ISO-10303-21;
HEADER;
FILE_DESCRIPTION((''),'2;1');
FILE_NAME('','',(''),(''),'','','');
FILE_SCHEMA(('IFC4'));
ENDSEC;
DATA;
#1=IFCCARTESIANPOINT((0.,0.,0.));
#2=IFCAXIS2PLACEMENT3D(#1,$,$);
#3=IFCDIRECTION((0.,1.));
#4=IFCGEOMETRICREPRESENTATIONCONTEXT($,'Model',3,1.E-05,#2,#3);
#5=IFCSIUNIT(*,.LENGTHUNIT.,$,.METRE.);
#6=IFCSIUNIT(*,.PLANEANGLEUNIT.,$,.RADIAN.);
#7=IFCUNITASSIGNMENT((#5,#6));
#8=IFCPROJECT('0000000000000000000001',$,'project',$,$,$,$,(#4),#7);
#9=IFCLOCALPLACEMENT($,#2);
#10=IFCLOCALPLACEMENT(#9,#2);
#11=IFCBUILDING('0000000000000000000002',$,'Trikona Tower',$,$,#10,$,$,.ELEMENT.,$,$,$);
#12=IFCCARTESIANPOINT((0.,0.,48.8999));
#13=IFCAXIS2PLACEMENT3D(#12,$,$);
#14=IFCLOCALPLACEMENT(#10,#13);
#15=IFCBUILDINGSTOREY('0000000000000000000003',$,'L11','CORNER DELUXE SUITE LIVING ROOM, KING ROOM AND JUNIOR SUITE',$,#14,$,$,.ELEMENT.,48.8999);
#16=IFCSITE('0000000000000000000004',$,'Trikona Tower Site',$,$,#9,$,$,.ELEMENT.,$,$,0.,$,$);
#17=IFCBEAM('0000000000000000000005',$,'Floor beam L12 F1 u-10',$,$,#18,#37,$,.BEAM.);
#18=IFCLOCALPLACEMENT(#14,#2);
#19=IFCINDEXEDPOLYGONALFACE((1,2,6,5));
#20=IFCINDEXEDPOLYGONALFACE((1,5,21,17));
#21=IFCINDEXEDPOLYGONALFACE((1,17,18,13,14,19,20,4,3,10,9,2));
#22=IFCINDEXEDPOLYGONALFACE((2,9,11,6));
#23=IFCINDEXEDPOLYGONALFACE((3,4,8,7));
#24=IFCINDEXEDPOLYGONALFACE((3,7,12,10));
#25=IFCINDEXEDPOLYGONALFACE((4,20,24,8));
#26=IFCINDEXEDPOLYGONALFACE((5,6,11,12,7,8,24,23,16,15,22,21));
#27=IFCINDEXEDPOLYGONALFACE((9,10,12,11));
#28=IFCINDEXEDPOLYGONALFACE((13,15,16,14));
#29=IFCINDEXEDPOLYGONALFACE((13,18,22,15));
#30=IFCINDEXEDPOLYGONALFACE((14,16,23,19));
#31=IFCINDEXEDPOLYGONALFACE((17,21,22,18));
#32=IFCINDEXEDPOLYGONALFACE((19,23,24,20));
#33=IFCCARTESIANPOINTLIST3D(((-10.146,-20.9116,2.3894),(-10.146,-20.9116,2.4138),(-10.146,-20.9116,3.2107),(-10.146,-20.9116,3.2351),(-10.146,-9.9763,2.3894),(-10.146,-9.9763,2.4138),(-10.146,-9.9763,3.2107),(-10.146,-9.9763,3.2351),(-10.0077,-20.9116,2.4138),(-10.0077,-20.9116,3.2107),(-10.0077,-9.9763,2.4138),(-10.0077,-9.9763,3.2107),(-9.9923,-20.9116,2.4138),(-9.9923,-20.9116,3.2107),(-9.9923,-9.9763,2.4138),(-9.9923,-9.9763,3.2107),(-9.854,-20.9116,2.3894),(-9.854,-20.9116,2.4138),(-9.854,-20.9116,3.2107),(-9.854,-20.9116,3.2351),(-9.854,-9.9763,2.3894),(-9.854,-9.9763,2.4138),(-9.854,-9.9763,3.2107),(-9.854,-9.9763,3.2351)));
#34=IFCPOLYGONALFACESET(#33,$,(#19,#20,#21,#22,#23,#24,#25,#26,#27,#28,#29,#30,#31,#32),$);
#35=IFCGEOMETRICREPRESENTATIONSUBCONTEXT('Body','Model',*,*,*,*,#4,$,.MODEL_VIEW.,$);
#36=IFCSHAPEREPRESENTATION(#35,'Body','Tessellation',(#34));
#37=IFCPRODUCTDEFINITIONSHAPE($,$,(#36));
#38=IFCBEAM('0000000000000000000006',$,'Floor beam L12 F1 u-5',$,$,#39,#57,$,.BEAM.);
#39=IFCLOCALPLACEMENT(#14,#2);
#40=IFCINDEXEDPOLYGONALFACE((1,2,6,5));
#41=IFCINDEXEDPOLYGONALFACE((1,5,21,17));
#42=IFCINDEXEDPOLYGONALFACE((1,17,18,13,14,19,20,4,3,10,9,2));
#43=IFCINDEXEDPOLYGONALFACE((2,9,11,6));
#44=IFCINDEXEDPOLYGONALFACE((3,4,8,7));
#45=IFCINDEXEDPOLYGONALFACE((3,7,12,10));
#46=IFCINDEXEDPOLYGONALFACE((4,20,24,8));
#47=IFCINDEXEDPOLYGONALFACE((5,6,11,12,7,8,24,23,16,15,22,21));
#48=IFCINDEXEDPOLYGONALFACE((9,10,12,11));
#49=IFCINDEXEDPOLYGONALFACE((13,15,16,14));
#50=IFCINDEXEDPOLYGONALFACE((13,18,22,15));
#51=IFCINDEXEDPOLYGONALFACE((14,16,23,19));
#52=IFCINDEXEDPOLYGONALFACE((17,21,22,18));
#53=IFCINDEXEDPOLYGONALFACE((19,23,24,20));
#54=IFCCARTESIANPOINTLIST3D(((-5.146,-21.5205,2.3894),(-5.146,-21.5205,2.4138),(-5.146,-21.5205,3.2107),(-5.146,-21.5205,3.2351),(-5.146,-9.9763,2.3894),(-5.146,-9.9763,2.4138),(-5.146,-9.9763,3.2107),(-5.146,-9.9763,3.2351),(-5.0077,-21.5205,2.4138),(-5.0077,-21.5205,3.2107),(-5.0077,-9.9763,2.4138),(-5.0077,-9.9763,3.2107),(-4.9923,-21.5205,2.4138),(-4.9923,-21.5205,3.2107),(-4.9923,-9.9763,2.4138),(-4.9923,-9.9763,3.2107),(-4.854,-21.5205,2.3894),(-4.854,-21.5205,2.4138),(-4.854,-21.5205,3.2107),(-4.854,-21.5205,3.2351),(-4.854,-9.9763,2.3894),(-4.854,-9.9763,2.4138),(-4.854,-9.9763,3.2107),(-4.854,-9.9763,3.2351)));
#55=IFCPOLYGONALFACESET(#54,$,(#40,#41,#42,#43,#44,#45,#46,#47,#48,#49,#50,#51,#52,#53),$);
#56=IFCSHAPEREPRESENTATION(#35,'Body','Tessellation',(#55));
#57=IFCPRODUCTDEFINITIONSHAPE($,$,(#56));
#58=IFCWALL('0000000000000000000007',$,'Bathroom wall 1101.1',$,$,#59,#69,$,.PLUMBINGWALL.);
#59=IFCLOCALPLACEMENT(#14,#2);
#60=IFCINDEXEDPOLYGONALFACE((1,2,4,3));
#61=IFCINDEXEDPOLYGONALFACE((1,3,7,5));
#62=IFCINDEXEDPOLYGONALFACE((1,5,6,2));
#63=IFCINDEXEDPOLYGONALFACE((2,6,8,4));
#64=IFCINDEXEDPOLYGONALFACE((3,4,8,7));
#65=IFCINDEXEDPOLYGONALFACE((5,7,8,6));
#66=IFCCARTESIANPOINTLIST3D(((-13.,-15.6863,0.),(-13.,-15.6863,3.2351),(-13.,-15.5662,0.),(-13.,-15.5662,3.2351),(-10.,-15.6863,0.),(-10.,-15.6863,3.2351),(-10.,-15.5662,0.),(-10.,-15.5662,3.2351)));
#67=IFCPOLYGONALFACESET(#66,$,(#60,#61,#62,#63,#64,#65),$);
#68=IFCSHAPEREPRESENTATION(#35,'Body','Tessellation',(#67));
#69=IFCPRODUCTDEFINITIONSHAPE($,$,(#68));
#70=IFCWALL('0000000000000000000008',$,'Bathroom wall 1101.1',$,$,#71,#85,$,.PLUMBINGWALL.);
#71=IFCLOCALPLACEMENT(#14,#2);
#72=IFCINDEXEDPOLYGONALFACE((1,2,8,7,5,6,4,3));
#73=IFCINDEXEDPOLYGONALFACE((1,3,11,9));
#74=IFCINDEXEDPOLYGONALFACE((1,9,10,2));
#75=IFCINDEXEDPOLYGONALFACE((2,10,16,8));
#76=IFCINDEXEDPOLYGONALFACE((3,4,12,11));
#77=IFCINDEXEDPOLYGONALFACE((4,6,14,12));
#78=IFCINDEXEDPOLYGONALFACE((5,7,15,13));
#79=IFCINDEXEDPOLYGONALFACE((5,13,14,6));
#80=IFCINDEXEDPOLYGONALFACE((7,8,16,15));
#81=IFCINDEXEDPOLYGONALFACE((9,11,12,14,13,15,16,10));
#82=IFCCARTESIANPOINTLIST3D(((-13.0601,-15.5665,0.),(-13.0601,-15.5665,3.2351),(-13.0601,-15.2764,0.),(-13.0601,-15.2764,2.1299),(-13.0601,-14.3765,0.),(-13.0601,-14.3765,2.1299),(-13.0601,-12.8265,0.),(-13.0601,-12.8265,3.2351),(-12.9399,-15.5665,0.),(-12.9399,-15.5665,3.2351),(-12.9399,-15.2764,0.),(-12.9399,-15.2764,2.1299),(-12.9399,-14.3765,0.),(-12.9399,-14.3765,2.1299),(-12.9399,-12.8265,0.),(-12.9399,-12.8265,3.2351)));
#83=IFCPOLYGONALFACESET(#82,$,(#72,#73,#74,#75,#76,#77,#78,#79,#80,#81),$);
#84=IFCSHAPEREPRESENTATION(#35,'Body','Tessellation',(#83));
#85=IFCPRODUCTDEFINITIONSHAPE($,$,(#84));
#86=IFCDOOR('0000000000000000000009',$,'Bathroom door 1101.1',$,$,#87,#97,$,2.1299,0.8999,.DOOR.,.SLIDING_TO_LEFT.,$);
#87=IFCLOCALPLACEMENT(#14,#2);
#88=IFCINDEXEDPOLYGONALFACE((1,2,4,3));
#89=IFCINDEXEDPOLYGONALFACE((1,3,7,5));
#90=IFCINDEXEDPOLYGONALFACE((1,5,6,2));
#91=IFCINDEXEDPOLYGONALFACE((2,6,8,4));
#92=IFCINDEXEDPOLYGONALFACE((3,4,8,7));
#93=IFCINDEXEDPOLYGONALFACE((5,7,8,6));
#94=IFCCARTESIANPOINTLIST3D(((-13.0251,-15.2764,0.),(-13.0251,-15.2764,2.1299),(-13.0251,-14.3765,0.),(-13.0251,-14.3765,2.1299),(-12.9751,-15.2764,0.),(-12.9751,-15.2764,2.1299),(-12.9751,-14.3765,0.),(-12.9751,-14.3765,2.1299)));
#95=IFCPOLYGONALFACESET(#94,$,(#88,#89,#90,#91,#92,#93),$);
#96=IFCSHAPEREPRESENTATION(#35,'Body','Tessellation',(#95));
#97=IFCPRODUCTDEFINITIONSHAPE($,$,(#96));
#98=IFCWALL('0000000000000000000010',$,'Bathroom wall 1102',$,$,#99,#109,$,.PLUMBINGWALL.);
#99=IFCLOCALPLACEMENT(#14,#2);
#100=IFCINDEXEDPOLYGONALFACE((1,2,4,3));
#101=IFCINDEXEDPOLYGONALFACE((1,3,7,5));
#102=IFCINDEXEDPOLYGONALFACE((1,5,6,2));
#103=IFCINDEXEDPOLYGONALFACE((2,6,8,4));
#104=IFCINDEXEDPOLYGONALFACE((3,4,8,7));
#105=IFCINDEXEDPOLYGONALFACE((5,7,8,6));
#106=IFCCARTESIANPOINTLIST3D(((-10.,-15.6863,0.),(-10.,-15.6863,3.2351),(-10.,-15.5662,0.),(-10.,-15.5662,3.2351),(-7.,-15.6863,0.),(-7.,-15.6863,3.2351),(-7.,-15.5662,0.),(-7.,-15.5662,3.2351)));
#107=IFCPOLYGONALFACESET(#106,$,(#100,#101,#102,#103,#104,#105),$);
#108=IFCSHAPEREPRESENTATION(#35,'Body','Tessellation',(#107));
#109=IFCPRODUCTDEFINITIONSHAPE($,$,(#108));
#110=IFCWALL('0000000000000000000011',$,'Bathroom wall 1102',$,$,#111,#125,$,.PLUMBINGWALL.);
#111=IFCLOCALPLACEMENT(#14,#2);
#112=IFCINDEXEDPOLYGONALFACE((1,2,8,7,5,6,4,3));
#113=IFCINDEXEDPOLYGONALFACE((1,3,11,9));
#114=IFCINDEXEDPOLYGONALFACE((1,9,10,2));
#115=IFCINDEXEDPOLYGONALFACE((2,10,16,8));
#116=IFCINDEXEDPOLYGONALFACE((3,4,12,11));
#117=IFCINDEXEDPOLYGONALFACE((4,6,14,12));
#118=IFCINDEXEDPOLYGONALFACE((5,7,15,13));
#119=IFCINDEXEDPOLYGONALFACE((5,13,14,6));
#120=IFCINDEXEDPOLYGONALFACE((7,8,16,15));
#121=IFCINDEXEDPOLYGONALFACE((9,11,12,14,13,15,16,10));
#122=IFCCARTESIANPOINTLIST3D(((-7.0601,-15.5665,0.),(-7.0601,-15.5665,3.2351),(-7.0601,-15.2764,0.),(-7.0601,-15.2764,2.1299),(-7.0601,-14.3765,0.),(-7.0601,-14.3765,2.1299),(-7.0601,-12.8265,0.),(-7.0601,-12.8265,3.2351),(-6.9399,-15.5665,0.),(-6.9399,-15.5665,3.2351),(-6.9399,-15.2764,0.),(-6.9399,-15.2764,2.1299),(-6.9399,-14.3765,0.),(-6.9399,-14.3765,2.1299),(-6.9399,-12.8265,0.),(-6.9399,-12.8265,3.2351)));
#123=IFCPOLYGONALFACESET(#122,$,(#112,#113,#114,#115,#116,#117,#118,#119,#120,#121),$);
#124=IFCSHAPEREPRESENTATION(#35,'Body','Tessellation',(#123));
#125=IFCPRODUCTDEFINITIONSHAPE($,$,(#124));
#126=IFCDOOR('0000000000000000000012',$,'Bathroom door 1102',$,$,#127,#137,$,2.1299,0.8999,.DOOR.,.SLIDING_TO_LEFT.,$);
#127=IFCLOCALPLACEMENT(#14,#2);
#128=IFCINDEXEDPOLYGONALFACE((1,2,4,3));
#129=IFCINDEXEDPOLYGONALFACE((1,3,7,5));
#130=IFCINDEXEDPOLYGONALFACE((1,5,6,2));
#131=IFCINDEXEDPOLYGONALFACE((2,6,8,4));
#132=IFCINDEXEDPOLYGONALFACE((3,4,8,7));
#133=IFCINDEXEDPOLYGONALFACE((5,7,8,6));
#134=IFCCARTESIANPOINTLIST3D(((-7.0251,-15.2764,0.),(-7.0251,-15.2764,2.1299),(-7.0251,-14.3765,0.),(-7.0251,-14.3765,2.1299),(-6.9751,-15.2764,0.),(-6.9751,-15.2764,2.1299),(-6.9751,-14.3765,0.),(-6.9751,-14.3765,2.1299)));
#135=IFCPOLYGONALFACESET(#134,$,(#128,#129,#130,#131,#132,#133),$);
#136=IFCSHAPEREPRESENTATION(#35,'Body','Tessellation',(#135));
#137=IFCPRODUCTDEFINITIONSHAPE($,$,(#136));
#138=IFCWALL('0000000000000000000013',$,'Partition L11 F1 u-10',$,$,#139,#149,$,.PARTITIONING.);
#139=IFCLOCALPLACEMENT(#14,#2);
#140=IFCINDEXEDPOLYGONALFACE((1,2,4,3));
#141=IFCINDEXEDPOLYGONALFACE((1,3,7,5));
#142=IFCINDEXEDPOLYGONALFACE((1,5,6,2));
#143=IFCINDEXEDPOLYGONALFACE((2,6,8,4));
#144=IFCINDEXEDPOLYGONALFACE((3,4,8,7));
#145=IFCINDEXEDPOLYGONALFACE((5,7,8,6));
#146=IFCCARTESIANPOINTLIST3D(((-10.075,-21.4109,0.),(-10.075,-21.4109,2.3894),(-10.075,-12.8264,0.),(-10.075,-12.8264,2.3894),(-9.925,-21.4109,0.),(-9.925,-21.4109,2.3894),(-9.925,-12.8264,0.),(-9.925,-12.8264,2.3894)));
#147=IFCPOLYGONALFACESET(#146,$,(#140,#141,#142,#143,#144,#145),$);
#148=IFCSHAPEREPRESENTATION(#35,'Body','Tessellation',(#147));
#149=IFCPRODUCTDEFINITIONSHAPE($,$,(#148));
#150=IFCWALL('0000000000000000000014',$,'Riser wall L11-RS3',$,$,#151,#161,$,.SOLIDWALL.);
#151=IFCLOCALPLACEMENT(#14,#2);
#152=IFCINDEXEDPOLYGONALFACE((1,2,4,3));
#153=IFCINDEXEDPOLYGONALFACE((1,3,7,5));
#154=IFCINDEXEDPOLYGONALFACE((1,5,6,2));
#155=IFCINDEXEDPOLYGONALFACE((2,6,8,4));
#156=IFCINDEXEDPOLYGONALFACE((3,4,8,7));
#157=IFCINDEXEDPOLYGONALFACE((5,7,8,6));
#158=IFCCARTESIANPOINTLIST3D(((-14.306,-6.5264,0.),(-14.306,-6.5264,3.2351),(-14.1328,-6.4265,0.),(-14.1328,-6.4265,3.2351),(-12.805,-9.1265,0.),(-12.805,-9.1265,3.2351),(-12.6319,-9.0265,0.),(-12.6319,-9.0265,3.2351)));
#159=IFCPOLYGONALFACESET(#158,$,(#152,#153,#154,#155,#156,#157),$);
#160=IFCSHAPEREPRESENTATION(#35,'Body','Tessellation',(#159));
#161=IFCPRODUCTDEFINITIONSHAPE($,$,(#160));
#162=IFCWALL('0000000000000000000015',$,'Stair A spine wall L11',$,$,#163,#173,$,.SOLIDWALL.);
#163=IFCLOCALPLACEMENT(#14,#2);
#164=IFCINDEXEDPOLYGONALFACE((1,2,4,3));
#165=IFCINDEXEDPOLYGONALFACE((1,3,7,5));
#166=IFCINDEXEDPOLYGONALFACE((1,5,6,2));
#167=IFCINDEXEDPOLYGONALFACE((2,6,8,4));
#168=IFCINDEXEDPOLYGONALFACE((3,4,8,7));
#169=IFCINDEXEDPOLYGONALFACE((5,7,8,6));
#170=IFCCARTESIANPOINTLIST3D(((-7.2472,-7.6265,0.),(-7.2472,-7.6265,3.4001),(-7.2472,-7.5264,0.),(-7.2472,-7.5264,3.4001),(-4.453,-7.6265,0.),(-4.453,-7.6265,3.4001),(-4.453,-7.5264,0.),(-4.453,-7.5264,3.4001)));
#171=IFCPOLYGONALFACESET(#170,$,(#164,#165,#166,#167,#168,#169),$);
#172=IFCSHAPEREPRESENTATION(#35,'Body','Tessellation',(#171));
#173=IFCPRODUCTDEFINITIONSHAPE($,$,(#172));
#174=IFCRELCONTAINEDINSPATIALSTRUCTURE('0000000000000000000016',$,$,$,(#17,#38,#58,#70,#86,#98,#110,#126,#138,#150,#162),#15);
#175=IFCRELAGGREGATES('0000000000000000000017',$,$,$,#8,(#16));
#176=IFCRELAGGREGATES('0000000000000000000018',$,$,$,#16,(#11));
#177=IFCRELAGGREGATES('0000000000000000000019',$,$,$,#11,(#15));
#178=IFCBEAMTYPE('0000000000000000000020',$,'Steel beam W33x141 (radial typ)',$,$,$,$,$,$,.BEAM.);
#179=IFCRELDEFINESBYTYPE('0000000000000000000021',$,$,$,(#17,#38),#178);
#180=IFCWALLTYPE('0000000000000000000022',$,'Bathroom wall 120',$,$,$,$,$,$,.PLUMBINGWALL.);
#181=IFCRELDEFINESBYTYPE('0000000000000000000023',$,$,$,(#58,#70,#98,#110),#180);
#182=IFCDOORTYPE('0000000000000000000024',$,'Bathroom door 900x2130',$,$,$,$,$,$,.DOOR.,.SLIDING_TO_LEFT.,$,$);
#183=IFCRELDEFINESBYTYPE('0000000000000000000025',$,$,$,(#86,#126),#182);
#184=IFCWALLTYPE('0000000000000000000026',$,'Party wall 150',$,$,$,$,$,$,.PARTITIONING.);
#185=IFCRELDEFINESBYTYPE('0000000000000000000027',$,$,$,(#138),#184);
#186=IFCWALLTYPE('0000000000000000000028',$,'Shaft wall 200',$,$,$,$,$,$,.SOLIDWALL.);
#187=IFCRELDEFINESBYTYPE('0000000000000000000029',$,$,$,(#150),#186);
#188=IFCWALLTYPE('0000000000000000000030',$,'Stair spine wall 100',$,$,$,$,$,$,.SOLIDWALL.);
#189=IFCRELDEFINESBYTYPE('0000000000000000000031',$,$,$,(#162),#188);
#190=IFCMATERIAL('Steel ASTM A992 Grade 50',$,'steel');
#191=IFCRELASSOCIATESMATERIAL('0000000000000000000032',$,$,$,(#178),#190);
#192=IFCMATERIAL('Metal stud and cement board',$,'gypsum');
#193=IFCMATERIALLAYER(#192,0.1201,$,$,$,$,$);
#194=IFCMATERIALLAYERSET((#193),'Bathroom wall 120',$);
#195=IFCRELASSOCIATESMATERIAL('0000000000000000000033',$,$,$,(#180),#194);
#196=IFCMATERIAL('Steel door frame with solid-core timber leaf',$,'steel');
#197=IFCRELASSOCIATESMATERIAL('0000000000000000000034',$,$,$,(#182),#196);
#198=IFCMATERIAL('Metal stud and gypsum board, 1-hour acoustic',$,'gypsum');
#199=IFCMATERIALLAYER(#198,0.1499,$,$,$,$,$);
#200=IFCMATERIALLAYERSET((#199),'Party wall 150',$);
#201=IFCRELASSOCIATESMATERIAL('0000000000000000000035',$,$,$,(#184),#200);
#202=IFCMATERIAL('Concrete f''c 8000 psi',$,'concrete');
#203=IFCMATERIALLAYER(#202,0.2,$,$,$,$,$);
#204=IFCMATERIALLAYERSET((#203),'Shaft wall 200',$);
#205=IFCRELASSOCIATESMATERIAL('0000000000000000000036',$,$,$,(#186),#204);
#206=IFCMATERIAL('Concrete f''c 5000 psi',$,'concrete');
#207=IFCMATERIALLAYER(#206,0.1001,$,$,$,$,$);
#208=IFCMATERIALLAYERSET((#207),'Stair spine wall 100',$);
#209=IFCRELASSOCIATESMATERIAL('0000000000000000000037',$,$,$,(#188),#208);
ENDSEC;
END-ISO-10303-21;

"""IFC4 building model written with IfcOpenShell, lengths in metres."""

from ifc_helpers import new_model, si_unit, direction, frame, frame_2d, origin, origin_2d, place, context, subcontext, project, spatial, rectangle, i_section, extrude, material, layer, layer_set, material_profile, profile_set, type_object, element, fill, save


model = new_model("IFC4")

# Units and contexts
model_context = context("Model", 3, precision=1e-05, world=origin(), true_north=direction((0.0, 1.0)))
body_context = subcontext(model_context, "Body", "Model", "MODEL_VIEW")
ifc_project = project(units=[si_unit("LENGTHUNIT", "METRE"), si_unit("PLANEANGLEUNIT", "RADIAN")], contexts=[model_context])

# Site, building, storey
site_placement = place(None, origin())
site = spatial("IfcSite", under=ifc_project, at=site_placement, Name="Trikona Tower Site", CompositionType="ELEMENT", RefElevation=0.0)
building_placement = place(site_placement, origin())
building = spatial("IfcBuilding", under=site, at=building_placement, Name="Trikona Tower", CompositionType="ELEMENT")
storey_placement = place(building_placement, frame((0.0, 0.0, 48.8999)))
storey = spatial("IfcBuildingStorey", under=building, at=storey_placement, Name="L11", Description="CORNER DELUXE SUITE LIVING ROOM, KING ROOM AND JUNIOR SUITE", CompositionType="ELEMENT", Elevation=48.8999)

# Beams
ifc_material_1 = material(Name="Steel ASTM A992 Grade 50", Category="steel")
ifc_material_profile = material_profile(ifc_material_1, i_section(OverallWidth=0.292, OverallDepth=0.8457, WebThickness=0.0154, FlangeThickness=0.0244, at=origin_2d()), Name="W33X141")
ifc_profile_set = profile_set([ifc_material_profile], Name="Steel ASTM A992 Grade 50")
beam_type = type_object("IfcBeamType", Name="Steel beam W33x141 (radial typ)", PredefinedType="BEAM", material=ifc_profile_set)
beam_1_placement = place(storey_placement, frame((-10.0, -9.9763, 2.8123), z_axis=(0.0, -1.0, 0.0), x_axis=(1.0, 0.0, 0.0)))
element("IfcBeam", 1, at=beam_1_placement, inside=storey, type_object=beam_type, Name="Floor beam L12 F1 u-10", PredefinedType="BEAM", context=body_context, shape_type="SweptSolid", body=[
    extrude(i_section(OverallWidth=0.292, OverallDepth=0.8457, WebThickness=0.0154, FlangeThickness=0.0244, at=origin_2d()), origin(), (0.0, 0.0, 1.0), 10.9353),
])
beam_2_placement = place(storey_placement, frame((-5.0, -9.9763, 2.8123), z_axis=(0.0, -1.0, 0.0), x_axis=(1.0, 0.0, 0.0)))
element("IfcBeam", 2, at=beam_2_placement, inside=storey, type_object=beam_type, Name="Floor beam L12 F1 u-5", PredefinedType="BEAM", context=body_context, shape_type="SweptSolid", body=[
    extrude(i_section(OverallWidth=0.292, OverallDepth=0.8457, WebThickness=0.0154, FlangeThickness=0.0244, at=origin_2d()), origin(), (0.0, 0.0, 1.0), 11.5442),
])

# Wall
ifc_material_2 = material(Name="Metal stud and cement board", Category="gypsum")
ifc_layer_1 = layer(ifc_material_2, 0.1201)
ifc_layer_set_1 = layer_set([ifc_layer_1], Name="Bathroom wall 120")
wall_type_1 = type_object("IfcWallType", Name="Bathroom wall 120", PredefinedType="PLUMBINGWALL", material=ifc_layer_set_1)
wall_1_placement = place(storey_placement, frame((-13.0, -15.6262, 0.0), z_axis=(0.0, 0.0, 1.0), x_axis=(1.0, 0.0, 0.0)))
element("IfcWall", 3, at=wall_1_placement, inside=storey, type_object=wall_type_1, Name="Bathroom wall 1101.1", PredefinedType="PLUMBINGWALL", context=body_context, shape_type="SweptSolid", body=[
    extrude(rectangle(XDim=3.0, YDim=0.1201, at=frame_2d((1.5, 0.0))), origin(), (0.0, 0.0, 1.0), 3.2351),
])

# Wall, opening, door
wall_2_placement = place(storey_placement, frame((-13.0, -12.8264, 0.0), z_axis=(0.0, 0.0, 1.0), x_axis=(0.0, -1.0, 0.0)))
wall_2 = element("IfcWall", 4, at=wall_2_placement, inside=storey, type_object=wall_type_1, Name="Bathroom wall 1101.1", PredefinedType="PLUMBINGWALL", context=body_context, shape_type="SweptSolid", body=[
    extrude(rectangle(XDim=2.74, YDim=0.1201, at=frame_2d((1.3701, 0.0))), origin(), (0.0, 0.0, 1.0), 3.2351),
])
opening_1_placement = place(wall_2_placement, frame((1.55, 0.0, 0.0)))
opening_1 = element("IfcOpeningElement", 5, at=opening_1_placement, cuts=wall_2, PredefinedType="OPENING", context=body_context, shape_type="SweptSolid", body=[
    extrude(rectangle(XDim=0.8999, YDim=2.1299, at=frame_2d((0.45, 1.0649))), frame((0.0, 0.0701, 0.0), z_axis=(0.0, -1.0, 0.0), x_axis=(1.0, 0.0, 0.0)), (0.0, 0.0, 1.0), 0.1401),
])
ifc_material_3 = material(Name="Steel door frame with solid-core timber leaf", Category="steel")
door_type_1 = type_object("IfcDoorType", Name="Bathroom door 900x2130", OperationType="SLIDING_TO_LEFT", PredefinedType="DOOR", material=ifc_material_3)
door_1_placement = place(opening_1_placement, origin())
door_1 = element("IfcDoor", 6, at=door_1_placement, inside=storey, type_object=door_type_1, Name="Bathroom door 1101.1", OperationType="SLIDING_TO_LEFT", OverallHeight=2.1299, OverallWidth=0.8999, PredefinedType="DOOR", context=body_context, shape_type="SweptSolid", body=[
    extrude(rectangle(XDim=0.8999, YDim=2.1299, at=frame_2d((0.45, 1.0649))), frame((0.0, 0.0249, 0.0), z_axis=(0.0, -1.0, 0.0), x_axis=(1.0, 0.0, 0.0)), (0.0, 0.0, 1.0), 0.05),
])
fill(opening_1, door_1)

# Wall
wall_3_placement = place(storey_placement, frame((-10.0, -15.6262, 0.0), z_axis=(0.0, 0.0, 1.0), x_axis=(1.0, 0.0, 0.0)))
element("IfcWall", 7, at=wall_3_placement, inside=storey, type_object=wall_type_1, Name="Bathroom wall 1102", PredefinedType="PLUMBINGWALL", context=body_context, shape_type="SweptSolid", body=[
    extrude(rectangle(XDim=3.0, YDim=0.1201, at=frame_2d((1.5, 0.0))), origin(), (0.0, 0.0, 1.0), 3.2351),
])

# Wall, opening, door
wall_4_placement = place(storey_placement, frame((-7.0, -12.8264, 0.0), z_axis=(0.0, 0.0, 1.0), x_axis=(0.0, -1.0, 0.0)))
wall_4 = element("IfcWall", 8, at=wall_4_placement, inside=storey, type_object=wall_type_1, Name="Bathroom wall 1102", PredefinedType="PLUMBINGWALL", context=body_context, shape_type="SweptSolid", body=[
    extrude(rectangle(XDim=2.74, YDim=0.1201, at=frame_2d((1.3701, 0.0))), origin(), (0.0, 0.0, 1.0), 3.2351),
])
opening_2_placement = place(wall_4_placement, frame((1.55, 0.0, 0.0)))
opening_2 = element("IfcOpeningElement", 9, at=opening_2_placement, cuts=wall_4, PredefinedType="OPENING", context=body_context, shape_type="SweptSolid", body=[
    extrude(rectangle(XDim=0.8999, YDim=2.1299, at=frame_2d((0.45, 1.0649))), frame((0.0, 0.0701, 0.0), z_axis=(0.0, -1.0, 0.0), x_axis=(1.0, 0.0, 0.0)), (0.0, 0.0, 1.0), 0.1401),
])
door_2_placement = place(opening_2_placement, origin())
door_2 = element("IfcDoor", 10, at=door_2_placement, inside=storey, type_object=door_type_1, Name="Bathroom door 1102", OperationType="SLIDING_TO_LEFT", OverallHeight=2.1299, OverallWidth=0.8999, PredefinedType="DOOR", context=body_context, shape_type="SweptSolid", body=[
    extrude(rectangle(XDim=0.8999, YDim=2.1299, at=frame_2d((0.45, 1.0649))), frame((0.0, 0.0249, 0.0), z_axis=(0.0, -1.0, 0.0), x_axis=(1.0, 0.0, 0.0)), (0.0, 0.0, 1.0), 0.05),
])
fill(opening_2, door_2)

# Walls
ifc_material_4 = material(Name="Metal stud and gypsum board, 1-hour acoustic", Category="gypsum")
ifc_layer_2 = layer(ifc_material_4, 0.1499)
ifc_layer_set_2 = layer_set([ifc_layer_2], Name="Party wall 150")
wall_type_2 = type_object("IfcWallType", Name="Party wall 150", PredefinedType="PARTITIONING", material=ifc_layer_set_2)
wall_5_placement = place(storey_placement, frame((-10.0, -12.8264, 0.0), z_axis=(0.0, 0.0, 1.0), x_axis=(0.0, -1.0, 0.0)))
element("IfcWall", 11, at=wall_5_placement, inside=storey, type_object=wall_type_2, Name="Partition L11 F1 u-10", PredefinedType="PARTITIONING", context=body_context, shape_type="SweptSolid", body=[
    extrude(rectangle(XDim=8.5845, YDim=0.1499, at=frame_2d((4.2922, 0.0))), origin(), (0.0, 0.0, 1.0), 2.3894),
])
ifc_material_5 = material(Name="Concrete f'c 8000 psi", Category="concrete")
ifc_layer_3 = layer(ifc_material_5, 0.2)
ifc_layer_set_3 = layer_set([ifc_layer_3], Name="Shaft wall 200")
wall_type_3 = type_object("IfcWallType", Name="Shaft wall 200", PredefinedType="SOLIDWALL", material=ifc_layer_set_3)
wall_6_placement = place(storey_placement, frame((-12.7185, -9.0764, 0.0), z_axis=(0.0, 0.0, 1.0), x_axis=(-0.499952, 0.866053, 0.0)))
element("IfcWall", 12, at=wall_6_placement, inside=storey, type_object=wall_type_3, Name="Riser wall L11-RS3", PredefinedType="SOLIDWALL", context=body_context, shape_type="SweptSolid", body=[
    extrude(rectangle(XDim=3.0022, YDim=0.2, at=frame_2d((1.501, 0.0))), origin(), (0.0, 0.0, 1.0), 3.2351),
])
ifc_material_6 = material(Name="Concrete f'c 5000 psi", Category="concrete")
ifc_layer_4 = layer(ifc_material_6, 0.1001)
ifc_layer_set_4 = layer_set([ifc_layer_4], Name="Stair spine wall 100")
wall_type_4 = type_object("IfcWallType", Name="Stair spine wall 100", PredefinedType="SOLIDWALL", material=ifc_layer_set_4)
wall_7_placement = place(storey_placement, frame((-7.2471, -7.5764, 0.0), z_axis=(0.0, 0.0, 1.0), x_axis=(1.0, 0.0, 0.0)))
element("IfcWall", 13, at=wall_7_placement, inside=storey, type_object=wall_type_4, Name="Stair A spine wall L11", PredefinedType="SOLIDWALL", context=body_context, shape_type="SweptSolid", body=[
    extrude(rectangle(XDim=2.7942, YDim=0.1001, at=frame_2d((1.397, 0.0))), origin(), (0.0, 0.0, 1.0), 3.4001),
])

save(model, "model.ifc")
